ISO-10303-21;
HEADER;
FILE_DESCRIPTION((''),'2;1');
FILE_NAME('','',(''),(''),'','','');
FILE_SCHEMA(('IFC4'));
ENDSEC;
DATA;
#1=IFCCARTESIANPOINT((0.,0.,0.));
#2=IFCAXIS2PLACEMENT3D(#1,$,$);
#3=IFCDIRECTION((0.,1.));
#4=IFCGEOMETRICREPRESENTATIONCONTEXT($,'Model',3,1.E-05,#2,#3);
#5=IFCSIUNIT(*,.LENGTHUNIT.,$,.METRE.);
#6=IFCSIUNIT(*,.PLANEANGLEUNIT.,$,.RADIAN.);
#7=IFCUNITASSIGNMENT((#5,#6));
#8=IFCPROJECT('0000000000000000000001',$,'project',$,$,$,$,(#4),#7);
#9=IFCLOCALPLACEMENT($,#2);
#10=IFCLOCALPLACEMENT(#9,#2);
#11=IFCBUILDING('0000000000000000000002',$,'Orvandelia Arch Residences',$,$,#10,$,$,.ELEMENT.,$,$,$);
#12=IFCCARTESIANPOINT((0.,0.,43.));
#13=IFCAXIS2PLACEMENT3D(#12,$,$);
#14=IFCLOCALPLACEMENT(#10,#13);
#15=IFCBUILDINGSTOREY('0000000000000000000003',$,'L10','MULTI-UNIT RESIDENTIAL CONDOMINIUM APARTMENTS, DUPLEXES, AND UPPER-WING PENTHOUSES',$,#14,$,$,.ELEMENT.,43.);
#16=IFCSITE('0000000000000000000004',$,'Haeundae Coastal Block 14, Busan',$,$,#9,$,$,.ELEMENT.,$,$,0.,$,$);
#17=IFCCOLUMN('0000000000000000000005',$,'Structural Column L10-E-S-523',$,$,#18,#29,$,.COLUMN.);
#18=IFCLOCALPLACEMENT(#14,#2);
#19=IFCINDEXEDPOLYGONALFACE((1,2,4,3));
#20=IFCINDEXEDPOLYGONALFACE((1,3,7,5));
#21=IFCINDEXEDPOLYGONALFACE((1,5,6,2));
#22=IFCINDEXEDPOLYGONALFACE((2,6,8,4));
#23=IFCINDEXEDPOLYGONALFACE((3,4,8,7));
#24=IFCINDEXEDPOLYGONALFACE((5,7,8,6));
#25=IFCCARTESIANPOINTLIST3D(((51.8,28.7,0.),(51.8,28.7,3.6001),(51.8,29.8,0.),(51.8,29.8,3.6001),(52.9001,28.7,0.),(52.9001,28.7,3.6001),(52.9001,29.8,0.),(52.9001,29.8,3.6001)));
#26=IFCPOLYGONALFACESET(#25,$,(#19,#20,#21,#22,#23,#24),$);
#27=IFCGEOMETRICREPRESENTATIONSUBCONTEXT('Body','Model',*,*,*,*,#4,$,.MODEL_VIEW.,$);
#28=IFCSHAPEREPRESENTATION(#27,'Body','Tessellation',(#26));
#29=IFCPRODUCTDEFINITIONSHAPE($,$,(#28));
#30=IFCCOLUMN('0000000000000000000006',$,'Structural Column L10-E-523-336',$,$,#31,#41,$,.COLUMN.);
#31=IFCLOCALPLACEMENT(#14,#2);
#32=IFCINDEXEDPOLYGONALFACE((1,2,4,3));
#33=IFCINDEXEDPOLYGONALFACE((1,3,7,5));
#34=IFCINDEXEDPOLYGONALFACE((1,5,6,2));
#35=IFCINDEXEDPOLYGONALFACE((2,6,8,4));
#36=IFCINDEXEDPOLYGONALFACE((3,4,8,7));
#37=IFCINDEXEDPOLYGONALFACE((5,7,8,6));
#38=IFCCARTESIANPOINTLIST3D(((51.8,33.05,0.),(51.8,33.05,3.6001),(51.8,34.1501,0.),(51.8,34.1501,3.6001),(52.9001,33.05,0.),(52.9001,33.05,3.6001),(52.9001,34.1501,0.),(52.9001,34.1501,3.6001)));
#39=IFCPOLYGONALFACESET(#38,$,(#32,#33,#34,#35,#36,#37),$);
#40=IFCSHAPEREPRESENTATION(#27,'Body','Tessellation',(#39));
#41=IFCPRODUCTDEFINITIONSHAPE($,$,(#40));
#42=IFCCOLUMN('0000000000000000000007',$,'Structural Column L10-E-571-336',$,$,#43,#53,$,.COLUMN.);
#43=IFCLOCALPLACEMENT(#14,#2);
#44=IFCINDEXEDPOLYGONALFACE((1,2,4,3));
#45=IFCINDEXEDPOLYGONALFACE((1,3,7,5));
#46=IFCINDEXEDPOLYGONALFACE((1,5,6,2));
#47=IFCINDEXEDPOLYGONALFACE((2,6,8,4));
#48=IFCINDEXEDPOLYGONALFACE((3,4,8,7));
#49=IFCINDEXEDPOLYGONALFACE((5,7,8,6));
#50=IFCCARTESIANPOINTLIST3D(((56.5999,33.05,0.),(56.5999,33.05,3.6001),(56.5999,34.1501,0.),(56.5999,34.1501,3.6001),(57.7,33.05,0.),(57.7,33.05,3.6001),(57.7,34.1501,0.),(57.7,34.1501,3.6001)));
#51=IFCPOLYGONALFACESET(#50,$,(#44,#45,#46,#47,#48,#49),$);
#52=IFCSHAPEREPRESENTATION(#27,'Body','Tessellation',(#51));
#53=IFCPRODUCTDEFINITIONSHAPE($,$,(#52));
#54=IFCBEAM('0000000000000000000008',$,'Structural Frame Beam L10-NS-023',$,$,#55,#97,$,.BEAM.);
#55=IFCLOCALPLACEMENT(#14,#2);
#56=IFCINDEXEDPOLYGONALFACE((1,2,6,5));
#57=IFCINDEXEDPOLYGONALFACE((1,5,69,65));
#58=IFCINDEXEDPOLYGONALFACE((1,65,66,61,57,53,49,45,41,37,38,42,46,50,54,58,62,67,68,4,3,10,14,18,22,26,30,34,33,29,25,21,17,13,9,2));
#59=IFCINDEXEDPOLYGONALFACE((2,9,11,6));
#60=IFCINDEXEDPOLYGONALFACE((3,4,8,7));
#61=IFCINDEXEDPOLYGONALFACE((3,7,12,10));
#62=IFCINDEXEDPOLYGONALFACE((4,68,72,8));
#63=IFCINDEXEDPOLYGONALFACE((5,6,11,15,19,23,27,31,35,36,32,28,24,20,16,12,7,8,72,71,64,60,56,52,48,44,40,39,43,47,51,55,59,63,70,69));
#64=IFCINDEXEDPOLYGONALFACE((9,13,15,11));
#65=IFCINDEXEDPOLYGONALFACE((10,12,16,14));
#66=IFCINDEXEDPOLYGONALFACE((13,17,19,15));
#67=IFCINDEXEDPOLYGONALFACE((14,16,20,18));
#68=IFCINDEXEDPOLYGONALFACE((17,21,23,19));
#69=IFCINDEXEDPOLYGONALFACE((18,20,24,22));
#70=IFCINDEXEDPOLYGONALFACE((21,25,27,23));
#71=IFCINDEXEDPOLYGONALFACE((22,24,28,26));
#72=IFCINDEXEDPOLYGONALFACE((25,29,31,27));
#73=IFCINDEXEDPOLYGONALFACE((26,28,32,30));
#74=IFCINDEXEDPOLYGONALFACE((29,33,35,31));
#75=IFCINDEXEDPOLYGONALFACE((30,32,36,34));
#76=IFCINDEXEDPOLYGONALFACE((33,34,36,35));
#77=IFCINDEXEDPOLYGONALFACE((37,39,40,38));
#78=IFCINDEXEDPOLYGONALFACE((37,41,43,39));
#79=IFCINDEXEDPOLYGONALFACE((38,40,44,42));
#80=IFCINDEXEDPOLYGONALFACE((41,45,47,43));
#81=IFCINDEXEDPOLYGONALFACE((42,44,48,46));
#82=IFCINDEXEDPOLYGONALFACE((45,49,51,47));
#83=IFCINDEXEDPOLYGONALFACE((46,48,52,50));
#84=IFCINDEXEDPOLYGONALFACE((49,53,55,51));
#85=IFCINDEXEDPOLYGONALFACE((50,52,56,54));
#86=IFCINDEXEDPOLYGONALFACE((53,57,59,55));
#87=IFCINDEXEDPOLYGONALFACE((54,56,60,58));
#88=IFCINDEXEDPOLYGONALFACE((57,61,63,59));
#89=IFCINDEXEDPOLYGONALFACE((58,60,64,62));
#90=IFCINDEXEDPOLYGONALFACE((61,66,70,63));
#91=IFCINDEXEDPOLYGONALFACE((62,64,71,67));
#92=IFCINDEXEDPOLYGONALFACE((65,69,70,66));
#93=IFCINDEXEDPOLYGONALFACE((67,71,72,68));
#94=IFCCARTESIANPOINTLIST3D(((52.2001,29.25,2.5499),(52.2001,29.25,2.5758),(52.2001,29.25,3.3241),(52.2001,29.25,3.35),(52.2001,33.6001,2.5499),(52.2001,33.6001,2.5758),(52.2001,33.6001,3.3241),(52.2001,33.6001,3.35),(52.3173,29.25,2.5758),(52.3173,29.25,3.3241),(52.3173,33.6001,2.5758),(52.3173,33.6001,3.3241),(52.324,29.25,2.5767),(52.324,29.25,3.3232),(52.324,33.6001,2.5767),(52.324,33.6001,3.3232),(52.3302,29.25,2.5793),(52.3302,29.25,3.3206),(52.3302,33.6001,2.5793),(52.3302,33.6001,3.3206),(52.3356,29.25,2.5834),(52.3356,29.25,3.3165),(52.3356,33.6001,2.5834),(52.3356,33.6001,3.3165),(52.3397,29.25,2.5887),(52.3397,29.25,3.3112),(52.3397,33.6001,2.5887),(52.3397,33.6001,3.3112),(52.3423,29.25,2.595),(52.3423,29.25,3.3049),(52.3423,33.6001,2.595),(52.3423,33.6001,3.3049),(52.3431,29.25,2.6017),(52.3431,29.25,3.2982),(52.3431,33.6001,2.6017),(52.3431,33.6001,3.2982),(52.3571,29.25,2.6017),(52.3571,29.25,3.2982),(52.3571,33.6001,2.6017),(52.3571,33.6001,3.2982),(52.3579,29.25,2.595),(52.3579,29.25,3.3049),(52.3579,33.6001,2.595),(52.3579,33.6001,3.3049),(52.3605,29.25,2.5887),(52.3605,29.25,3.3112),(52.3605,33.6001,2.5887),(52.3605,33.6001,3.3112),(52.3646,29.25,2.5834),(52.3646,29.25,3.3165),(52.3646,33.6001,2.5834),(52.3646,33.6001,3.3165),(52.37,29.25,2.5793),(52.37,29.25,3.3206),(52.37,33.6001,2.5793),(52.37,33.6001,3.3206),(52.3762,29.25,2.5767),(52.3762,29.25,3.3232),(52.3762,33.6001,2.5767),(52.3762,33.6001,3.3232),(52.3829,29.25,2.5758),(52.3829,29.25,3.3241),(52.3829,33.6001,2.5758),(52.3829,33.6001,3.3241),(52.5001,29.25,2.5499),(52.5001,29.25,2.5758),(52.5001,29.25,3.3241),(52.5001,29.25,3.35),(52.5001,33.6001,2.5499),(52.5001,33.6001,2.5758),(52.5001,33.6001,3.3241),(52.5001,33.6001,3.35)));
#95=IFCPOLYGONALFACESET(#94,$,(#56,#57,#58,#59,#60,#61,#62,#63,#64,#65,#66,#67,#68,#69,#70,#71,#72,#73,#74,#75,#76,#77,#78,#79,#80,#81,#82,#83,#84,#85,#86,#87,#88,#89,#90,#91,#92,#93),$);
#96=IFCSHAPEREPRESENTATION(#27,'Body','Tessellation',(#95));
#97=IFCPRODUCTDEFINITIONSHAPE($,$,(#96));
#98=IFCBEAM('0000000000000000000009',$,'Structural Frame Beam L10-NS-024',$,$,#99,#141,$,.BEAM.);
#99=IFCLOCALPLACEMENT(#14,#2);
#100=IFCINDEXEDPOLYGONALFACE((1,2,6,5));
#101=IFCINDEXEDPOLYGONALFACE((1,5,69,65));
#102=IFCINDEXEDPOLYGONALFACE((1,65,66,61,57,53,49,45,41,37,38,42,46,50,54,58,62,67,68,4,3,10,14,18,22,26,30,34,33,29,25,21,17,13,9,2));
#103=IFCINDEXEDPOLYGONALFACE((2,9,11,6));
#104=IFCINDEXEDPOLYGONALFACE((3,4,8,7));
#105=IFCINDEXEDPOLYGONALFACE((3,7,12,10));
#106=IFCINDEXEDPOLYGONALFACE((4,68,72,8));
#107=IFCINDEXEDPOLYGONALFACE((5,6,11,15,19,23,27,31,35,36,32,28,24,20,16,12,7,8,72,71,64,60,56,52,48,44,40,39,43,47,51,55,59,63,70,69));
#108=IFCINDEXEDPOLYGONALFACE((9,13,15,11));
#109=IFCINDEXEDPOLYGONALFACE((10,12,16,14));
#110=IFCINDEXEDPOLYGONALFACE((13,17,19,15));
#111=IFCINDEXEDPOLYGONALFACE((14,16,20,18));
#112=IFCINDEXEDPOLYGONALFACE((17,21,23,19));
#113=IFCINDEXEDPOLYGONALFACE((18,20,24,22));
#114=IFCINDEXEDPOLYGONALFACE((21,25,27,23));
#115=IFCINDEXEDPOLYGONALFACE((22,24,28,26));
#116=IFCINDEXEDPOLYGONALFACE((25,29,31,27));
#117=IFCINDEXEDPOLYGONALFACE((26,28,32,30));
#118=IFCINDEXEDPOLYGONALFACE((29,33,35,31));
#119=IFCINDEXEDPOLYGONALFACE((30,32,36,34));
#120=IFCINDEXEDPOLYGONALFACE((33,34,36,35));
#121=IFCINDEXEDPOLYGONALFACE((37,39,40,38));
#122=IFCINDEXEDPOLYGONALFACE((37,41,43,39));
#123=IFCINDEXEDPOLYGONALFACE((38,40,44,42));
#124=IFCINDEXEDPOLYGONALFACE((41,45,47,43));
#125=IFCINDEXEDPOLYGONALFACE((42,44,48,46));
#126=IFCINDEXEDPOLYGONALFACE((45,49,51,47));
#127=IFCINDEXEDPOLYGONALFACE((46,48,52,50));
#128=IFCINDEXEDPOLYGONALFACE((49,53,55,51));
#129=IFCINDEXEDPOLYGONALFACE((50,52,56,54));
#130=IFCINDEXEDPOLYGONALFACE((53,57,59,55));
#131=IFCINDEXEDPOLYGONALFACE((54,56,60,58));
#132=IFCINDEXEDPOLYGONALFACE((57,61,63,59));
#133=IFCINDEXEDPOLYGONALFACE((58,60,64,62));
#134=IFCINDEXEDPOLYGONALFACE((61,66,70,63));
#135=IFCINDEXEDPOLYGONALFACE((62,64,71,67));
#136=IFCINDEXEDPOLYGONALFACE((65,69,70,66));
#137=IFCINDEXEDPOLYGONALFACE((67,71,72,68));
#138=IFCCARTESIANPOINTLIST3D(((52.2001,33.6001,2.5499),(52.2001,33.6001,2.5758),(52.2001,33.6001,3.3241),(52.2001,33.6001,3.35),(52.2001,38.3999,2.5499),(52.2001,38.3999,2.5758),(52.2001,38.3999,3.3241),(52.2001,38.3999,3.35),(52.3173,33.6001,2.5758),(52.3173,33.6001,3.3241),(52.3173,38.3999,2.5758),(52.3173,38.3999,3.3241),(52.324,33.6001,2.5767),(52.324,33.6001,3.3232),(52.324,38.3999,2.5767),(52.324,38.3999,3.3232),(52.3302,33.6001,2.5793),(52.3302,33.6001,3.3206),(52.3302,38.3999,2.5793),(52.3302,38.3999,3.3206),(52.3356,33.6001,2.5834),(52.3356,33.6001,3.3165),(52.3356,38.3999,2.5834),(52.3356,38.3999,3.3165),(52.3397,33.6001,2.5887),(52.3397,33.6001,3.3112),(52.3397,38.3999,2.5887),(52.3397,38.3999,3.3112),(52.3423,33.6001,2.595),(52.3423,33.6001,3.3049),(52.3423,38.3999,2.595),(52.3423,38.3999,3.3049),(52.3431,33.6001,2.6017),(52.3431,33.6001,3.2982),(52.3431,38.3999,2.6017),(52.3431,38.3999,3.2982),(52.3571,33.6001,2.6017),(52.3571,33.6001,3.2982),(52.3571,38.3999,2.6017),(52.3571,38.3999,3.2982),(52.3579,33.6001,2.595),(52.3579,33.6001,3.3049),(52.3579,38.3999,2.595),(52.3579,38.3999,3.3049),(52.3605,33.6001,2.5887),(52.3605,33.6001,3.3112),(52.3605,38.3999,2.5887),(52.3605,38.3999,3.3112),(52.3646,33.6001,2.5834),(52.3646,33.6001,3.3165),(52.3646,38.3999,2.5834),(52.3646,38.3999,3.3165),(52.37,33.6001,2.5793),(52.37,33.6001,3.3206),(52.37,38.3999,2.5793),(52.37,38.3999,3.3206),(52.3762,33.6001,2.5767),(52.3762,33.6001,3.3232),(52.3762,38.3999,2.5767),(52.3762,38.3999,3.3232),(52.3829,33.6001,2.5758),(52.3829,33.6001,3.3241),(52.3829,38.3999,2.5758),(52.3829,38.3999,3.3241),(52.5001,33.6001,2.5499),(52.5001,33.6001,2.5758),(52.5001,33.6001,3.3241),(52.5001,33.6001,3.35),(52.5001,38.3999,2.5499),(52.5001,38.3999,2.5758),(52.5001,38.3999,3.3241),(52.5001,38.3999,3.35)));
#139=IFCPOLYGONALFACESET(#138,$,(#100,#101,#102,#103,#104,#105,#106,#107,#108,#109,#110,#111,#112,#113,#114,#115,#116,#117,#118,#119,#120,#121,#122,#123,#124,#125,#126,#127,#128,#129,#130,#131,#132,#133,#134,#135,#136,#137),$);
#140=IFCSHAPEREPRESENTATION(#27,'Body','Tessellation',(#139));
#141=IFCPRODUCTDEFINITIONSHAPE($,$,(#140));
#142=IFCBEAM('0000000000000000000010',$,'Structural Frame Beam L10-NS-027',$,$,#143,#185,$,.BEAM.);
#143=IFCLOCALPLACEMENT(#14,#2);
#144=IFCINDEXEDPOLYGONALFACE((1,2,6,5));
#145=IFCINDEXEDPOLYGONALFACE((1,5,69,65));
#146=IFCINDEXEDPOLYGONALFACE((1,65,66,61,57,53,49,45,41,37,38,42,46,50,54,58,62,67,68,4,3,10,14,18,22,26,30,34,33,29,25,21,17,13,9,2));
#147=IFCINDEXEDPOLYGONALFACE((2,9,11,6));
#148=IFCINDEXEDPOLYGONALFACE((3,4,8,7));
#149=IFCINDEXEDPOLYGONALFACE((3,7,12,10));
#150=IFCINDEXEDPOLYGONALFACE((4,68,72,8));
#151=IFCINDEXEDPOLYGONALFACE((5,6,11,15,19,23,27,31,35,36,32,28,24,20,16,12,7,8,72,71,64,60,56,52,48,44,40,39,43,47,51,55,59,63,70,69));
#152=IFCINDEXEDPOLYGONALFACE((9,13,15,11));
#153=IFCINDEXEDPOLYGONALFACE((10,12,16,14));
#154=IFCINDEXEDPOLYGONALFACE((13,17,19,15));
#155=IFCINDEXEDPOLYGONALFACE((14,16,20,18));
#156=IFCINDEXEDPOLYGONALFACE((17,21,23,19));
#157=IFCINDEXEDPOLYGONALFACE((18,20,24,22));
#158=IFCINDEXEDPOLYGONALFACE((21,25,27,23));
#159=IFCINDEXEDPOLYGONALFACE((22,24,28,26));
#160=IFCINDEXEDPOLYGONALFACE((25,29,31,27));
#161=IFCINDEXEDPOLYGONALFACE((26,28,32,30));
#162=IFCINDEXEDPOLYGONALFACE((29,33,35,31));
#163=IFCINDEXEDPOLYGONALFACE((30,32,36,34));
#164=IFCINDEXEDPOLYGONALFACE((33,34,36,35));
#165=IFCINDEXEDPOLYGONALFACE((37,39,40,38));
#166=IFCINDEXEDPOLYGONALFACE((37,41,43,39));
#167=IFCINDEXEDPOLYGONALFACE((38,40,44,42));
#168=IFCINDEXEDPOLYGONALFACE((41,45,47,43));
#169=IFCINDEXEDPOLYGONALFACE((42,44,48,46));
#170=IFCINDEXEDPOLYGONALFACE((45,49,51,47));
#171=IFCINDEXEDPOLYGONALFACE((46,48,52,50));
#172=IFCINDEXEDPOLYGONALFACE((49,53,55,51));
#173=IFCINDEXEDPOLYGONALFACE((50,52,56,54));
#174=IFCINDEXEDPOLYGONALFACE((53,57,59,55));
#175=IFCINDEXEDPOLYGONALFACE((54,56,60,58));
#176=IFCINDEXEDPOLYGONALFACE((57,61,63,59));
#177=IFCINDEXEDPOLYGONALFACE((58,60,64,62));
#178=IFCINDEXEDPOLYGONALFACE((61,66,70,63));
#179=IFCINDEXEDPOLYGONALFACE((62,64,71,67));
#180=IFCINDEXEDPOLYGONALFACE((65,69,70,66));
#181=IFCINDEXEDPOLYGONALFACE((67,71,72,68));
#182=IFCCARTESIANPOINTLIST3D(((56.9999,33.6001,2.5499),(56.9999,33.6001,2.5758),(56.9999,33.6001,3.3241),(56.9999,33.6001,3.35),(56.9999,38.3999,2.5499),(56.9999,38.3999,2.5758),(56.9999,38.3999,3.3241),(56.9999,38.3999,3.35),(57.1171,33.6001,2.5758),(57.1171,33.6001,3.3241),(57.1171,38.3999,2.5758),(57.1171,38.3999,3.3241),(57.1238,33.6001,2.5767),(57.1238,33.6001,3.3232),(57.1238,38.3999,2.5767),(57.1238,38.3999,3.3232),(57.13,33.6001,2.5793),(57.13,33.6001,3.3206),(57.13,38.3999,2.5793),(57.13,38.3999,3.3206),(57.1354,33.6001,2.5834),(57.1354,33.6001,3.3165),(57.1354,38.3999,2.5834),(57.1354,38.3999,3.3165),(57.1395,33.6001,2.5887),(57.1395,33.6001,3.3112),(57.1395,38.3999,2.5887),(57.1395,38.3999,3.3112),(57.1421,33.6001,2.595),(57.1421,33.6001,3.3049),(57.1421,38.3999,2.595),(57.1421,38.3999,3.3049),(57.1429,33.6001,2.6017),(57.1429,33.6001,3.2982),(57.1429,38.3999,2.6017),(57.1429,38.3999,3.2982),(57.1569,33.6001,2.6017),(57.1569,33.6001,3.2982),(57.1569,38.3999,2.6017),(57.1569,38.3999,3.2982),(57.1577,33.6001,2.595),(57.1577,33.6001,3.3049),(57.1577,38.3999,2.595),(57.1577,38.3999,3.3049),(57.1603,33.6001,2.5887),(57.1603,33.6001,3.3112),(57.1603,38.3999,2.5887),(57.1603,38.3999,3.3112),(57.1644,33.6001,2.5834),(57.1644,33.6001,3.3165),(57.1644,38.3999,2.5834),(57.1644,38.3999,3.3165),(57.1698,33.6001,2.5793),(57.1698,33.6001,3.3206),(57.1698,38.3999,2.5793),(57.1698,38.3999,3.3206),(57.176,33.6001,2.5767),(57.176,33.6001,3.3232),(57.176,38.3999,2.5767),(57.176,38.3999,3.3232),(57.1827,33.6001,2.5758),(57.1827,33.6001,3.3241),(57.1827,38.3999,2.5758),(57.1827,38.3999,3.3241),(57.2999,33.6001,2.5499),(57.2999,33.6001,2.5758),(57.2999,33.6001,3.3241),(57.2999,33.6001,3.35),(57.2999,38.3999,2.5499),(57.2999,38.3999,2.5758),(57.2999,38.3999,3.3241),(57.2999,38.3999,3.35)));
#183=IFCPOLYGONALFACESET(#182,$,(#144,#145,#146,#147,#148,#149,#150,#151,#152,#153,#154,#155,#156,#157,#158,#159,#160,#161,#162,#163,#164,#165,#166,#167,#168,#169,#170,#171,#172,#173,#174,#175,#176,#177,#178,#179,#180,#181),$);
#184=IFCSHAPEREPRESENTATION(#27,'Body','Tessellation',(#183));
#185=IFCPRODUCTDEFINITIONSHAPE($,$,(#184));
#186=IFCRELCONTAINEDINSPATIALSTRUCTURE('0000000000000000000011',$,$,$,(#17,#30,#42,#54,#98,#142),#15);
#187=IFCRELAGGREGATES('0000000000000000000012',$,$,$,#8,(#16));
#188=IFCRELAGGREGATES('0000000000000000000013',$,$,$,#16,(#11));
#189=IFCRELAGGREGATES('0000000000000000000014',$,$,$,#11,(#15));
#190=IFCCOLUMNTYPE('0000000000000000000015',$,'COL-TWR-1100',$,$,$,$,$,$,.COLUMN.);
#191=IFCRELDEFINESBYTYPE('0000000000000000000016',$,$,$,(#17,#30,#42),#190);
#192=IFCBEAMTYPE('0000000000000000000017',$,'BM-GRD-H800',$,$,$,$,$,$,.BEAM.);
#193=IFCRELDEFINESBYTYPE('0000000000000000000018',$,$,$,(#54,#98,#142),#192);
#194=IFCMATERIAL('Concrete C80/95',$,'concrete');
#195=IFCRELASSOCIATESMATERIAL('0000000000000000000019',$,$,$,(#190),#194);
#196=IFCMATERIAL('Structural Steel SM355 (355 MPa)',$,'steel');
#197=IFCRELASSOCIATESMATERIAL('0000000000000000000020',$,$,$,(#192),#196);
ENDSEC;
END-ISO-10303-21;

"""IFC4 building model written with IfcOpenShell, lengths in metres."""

from ifc_helpers import new_model, si_unit, direction, frame, origin, origin_2d, place, context, subcontext, project, spatial, rectangle, i_section, extrude, material, material_profile, profile_set, type_object, element, save


model = new_model("IFC4")

# Units and contexts
model_context = context("Model", 3, precision=1e-05, world=origin(), true_north=direction((0.0, 1.0)))
body_context = subcontext(model_context, "Body", "Model", "MODEL_VIEW")
ifc_project = project(units=[si_unit("LENGTHUNIT", "METRE"), si_unit("PLANEANGLEUNIT", "RADIAN")], contexts=[model_context])

# Site, building, storey
site_placement = place(None, origin())
site = spatial("IfcSite", under=ifc_project, at=site_placement, Name="Haeundae Coastal Block 14, Busan", CompositionType="ELEMENT", RefElevation=0.0)
building_placement = place(site_placement, origin())
building = spatial("IfcBuilding", under=site, at=building_placement, Name="Orvandelia Arch Residences", CompositionType="ELEMENT")
storey_placement = place(building_placement, frame((0.0, 0.0, 43.0)))
storey = spatial("IfcBuildingStorey", under=building, at=storey_placement, Name="L10", Description="MULTI-UNIT RESIDENTIAL CONDOMINIUM APARTMENTS, DUPLEXES, AND UPPER-WING PENTHOUSES", CompositionType="ELEMENT", Elevation=43.0)

# Columns
ifc_material_1 = material(Name="Concrete C80/95", Category="concrete")
ifc_material_profile_1 = material_profile(ifc_material_1, rectangle(XDim=1.1001, YDim=1.1001, at=origin_2d()), Name="Concrete C80/95", Category="concrete")
ifc_profile_set_1 = profile_set([ifc_material_profile_1], Name="Concrete C80/95")
column_type = type_object("IfcColumnType", Name="COL-TWR-1100", PredefinedType="COLUMN", material=ifc_profile_set_1)
for number, where, z_axis, x_axis, name in (
    (1, (52.3501, 29.25, 0.0), (0.0, 0.0, 1.0), (1.0, 0.0, 0.0), "Structural Column L10-E-S-523"),
    (2, (52.3501, 33.6001, 0.0), (0.0, 0.0, 1.0), (1.0, 0.0, 0.0), "Structural Column L10-E-523-336"),
    (3, (57.1499, 33.6001, 0.0), (0.0, 0.0, 1.0), (1.0, 0.0, 0.0), "Structural Column L10-E-571-336"),
):
    element("IfcColumn", number, at=place(storey_placement, frame(where, z_axis=z_axis, x_axis=x_axis)), inside=storey, type_object=column_type, Name=name, PredefinedType="COLUMN", context=body_context, shape_type="SweptSolid", body=[
        extrude(rectangle(XDim=1.1001, YDim=1.1001, at=origin_2d()), origin(), (0.0, 0.0, 1.0), 3.6001),
    ])

# Beams
ifc_material_2 = material(Name="Structural Steel SM355 (355 MPa)", Category="steel")
ifc_material_profile_2 = material_profile(ifc_material_2, i_section(OverallWidth=0.3, OverallDepth=0.8, WebThickness=0.0139, FlangeThickness=0.0259, FilletRadius=0.0259, at=origin_2d()), Name="Structural Steel SM355 (355 MPa)", Category="steel")
ifc_profile_set_2 = profile_set([ifc_material_profile_2], Name="Structural Steel SM355 (355 MPa)")
beam_type = type_object("IfcBeamType", Name="BM-GRD-H800", PredefinedType="BEAM", material=ifc_profile_set_2)
beam_placement = place(storey_placement, frame((52.3501, 29.25, 2.95), z_axis=(0.0, 1.0, 0.0), x_axis=(-1.0, 0.0, 0.0)))
element("IfcBeam", 4, at=beam_placement, inside=storey, type_object=beam_type, Name="Structural Frame Beam L10-NS-023", PredefinedType="BEAM", context=body_context, shape_type="SweptSolid", body=[
    extrude(i_section(OverallWidth=0.3, OverallDepth=0.8, WebThickness=0.0139, FlangeThickness=0.0259, FilletRadius=0.0259, at=origin_2d()), origin(), (0.0, 0.0, 1.0), 4.3501),
])
for number, where, z_axis, x_axis, name in (
    (5, (52.3501, 33.6001, 2.95), (0.0, 1.0, 0.0), (-1.0, 0.0, 0.0), "Structural Frame Beam L10-NS-024"),
    (6, (57.1499, 33.6001, 2.95), (0.0, 1.0, 0.0), (-1.0, 0.0, 0.0), "Structural Frame Beam L10-NS-027"),
):
    element("IfcBeam", number, at=place(storey_placement, frame(where, z_axis=z_axis, x_axis=x_axis)), inside=storey, type_object=beam_type, Name=name, PredefinedType="BEAM", context=body_context, shape_type="SweptSolid", body=[
        extrude(i_section(OverallWidth=0.3, OverallDepth=0.8, WebThickness=0.0139, FlangeThickness=0.0259, FilletRadius=0.0259, at=origin_2d()), origin(), (0.0, 0.0, 1.0), 4.7998),
    ])

save(model, "model.ifc")
